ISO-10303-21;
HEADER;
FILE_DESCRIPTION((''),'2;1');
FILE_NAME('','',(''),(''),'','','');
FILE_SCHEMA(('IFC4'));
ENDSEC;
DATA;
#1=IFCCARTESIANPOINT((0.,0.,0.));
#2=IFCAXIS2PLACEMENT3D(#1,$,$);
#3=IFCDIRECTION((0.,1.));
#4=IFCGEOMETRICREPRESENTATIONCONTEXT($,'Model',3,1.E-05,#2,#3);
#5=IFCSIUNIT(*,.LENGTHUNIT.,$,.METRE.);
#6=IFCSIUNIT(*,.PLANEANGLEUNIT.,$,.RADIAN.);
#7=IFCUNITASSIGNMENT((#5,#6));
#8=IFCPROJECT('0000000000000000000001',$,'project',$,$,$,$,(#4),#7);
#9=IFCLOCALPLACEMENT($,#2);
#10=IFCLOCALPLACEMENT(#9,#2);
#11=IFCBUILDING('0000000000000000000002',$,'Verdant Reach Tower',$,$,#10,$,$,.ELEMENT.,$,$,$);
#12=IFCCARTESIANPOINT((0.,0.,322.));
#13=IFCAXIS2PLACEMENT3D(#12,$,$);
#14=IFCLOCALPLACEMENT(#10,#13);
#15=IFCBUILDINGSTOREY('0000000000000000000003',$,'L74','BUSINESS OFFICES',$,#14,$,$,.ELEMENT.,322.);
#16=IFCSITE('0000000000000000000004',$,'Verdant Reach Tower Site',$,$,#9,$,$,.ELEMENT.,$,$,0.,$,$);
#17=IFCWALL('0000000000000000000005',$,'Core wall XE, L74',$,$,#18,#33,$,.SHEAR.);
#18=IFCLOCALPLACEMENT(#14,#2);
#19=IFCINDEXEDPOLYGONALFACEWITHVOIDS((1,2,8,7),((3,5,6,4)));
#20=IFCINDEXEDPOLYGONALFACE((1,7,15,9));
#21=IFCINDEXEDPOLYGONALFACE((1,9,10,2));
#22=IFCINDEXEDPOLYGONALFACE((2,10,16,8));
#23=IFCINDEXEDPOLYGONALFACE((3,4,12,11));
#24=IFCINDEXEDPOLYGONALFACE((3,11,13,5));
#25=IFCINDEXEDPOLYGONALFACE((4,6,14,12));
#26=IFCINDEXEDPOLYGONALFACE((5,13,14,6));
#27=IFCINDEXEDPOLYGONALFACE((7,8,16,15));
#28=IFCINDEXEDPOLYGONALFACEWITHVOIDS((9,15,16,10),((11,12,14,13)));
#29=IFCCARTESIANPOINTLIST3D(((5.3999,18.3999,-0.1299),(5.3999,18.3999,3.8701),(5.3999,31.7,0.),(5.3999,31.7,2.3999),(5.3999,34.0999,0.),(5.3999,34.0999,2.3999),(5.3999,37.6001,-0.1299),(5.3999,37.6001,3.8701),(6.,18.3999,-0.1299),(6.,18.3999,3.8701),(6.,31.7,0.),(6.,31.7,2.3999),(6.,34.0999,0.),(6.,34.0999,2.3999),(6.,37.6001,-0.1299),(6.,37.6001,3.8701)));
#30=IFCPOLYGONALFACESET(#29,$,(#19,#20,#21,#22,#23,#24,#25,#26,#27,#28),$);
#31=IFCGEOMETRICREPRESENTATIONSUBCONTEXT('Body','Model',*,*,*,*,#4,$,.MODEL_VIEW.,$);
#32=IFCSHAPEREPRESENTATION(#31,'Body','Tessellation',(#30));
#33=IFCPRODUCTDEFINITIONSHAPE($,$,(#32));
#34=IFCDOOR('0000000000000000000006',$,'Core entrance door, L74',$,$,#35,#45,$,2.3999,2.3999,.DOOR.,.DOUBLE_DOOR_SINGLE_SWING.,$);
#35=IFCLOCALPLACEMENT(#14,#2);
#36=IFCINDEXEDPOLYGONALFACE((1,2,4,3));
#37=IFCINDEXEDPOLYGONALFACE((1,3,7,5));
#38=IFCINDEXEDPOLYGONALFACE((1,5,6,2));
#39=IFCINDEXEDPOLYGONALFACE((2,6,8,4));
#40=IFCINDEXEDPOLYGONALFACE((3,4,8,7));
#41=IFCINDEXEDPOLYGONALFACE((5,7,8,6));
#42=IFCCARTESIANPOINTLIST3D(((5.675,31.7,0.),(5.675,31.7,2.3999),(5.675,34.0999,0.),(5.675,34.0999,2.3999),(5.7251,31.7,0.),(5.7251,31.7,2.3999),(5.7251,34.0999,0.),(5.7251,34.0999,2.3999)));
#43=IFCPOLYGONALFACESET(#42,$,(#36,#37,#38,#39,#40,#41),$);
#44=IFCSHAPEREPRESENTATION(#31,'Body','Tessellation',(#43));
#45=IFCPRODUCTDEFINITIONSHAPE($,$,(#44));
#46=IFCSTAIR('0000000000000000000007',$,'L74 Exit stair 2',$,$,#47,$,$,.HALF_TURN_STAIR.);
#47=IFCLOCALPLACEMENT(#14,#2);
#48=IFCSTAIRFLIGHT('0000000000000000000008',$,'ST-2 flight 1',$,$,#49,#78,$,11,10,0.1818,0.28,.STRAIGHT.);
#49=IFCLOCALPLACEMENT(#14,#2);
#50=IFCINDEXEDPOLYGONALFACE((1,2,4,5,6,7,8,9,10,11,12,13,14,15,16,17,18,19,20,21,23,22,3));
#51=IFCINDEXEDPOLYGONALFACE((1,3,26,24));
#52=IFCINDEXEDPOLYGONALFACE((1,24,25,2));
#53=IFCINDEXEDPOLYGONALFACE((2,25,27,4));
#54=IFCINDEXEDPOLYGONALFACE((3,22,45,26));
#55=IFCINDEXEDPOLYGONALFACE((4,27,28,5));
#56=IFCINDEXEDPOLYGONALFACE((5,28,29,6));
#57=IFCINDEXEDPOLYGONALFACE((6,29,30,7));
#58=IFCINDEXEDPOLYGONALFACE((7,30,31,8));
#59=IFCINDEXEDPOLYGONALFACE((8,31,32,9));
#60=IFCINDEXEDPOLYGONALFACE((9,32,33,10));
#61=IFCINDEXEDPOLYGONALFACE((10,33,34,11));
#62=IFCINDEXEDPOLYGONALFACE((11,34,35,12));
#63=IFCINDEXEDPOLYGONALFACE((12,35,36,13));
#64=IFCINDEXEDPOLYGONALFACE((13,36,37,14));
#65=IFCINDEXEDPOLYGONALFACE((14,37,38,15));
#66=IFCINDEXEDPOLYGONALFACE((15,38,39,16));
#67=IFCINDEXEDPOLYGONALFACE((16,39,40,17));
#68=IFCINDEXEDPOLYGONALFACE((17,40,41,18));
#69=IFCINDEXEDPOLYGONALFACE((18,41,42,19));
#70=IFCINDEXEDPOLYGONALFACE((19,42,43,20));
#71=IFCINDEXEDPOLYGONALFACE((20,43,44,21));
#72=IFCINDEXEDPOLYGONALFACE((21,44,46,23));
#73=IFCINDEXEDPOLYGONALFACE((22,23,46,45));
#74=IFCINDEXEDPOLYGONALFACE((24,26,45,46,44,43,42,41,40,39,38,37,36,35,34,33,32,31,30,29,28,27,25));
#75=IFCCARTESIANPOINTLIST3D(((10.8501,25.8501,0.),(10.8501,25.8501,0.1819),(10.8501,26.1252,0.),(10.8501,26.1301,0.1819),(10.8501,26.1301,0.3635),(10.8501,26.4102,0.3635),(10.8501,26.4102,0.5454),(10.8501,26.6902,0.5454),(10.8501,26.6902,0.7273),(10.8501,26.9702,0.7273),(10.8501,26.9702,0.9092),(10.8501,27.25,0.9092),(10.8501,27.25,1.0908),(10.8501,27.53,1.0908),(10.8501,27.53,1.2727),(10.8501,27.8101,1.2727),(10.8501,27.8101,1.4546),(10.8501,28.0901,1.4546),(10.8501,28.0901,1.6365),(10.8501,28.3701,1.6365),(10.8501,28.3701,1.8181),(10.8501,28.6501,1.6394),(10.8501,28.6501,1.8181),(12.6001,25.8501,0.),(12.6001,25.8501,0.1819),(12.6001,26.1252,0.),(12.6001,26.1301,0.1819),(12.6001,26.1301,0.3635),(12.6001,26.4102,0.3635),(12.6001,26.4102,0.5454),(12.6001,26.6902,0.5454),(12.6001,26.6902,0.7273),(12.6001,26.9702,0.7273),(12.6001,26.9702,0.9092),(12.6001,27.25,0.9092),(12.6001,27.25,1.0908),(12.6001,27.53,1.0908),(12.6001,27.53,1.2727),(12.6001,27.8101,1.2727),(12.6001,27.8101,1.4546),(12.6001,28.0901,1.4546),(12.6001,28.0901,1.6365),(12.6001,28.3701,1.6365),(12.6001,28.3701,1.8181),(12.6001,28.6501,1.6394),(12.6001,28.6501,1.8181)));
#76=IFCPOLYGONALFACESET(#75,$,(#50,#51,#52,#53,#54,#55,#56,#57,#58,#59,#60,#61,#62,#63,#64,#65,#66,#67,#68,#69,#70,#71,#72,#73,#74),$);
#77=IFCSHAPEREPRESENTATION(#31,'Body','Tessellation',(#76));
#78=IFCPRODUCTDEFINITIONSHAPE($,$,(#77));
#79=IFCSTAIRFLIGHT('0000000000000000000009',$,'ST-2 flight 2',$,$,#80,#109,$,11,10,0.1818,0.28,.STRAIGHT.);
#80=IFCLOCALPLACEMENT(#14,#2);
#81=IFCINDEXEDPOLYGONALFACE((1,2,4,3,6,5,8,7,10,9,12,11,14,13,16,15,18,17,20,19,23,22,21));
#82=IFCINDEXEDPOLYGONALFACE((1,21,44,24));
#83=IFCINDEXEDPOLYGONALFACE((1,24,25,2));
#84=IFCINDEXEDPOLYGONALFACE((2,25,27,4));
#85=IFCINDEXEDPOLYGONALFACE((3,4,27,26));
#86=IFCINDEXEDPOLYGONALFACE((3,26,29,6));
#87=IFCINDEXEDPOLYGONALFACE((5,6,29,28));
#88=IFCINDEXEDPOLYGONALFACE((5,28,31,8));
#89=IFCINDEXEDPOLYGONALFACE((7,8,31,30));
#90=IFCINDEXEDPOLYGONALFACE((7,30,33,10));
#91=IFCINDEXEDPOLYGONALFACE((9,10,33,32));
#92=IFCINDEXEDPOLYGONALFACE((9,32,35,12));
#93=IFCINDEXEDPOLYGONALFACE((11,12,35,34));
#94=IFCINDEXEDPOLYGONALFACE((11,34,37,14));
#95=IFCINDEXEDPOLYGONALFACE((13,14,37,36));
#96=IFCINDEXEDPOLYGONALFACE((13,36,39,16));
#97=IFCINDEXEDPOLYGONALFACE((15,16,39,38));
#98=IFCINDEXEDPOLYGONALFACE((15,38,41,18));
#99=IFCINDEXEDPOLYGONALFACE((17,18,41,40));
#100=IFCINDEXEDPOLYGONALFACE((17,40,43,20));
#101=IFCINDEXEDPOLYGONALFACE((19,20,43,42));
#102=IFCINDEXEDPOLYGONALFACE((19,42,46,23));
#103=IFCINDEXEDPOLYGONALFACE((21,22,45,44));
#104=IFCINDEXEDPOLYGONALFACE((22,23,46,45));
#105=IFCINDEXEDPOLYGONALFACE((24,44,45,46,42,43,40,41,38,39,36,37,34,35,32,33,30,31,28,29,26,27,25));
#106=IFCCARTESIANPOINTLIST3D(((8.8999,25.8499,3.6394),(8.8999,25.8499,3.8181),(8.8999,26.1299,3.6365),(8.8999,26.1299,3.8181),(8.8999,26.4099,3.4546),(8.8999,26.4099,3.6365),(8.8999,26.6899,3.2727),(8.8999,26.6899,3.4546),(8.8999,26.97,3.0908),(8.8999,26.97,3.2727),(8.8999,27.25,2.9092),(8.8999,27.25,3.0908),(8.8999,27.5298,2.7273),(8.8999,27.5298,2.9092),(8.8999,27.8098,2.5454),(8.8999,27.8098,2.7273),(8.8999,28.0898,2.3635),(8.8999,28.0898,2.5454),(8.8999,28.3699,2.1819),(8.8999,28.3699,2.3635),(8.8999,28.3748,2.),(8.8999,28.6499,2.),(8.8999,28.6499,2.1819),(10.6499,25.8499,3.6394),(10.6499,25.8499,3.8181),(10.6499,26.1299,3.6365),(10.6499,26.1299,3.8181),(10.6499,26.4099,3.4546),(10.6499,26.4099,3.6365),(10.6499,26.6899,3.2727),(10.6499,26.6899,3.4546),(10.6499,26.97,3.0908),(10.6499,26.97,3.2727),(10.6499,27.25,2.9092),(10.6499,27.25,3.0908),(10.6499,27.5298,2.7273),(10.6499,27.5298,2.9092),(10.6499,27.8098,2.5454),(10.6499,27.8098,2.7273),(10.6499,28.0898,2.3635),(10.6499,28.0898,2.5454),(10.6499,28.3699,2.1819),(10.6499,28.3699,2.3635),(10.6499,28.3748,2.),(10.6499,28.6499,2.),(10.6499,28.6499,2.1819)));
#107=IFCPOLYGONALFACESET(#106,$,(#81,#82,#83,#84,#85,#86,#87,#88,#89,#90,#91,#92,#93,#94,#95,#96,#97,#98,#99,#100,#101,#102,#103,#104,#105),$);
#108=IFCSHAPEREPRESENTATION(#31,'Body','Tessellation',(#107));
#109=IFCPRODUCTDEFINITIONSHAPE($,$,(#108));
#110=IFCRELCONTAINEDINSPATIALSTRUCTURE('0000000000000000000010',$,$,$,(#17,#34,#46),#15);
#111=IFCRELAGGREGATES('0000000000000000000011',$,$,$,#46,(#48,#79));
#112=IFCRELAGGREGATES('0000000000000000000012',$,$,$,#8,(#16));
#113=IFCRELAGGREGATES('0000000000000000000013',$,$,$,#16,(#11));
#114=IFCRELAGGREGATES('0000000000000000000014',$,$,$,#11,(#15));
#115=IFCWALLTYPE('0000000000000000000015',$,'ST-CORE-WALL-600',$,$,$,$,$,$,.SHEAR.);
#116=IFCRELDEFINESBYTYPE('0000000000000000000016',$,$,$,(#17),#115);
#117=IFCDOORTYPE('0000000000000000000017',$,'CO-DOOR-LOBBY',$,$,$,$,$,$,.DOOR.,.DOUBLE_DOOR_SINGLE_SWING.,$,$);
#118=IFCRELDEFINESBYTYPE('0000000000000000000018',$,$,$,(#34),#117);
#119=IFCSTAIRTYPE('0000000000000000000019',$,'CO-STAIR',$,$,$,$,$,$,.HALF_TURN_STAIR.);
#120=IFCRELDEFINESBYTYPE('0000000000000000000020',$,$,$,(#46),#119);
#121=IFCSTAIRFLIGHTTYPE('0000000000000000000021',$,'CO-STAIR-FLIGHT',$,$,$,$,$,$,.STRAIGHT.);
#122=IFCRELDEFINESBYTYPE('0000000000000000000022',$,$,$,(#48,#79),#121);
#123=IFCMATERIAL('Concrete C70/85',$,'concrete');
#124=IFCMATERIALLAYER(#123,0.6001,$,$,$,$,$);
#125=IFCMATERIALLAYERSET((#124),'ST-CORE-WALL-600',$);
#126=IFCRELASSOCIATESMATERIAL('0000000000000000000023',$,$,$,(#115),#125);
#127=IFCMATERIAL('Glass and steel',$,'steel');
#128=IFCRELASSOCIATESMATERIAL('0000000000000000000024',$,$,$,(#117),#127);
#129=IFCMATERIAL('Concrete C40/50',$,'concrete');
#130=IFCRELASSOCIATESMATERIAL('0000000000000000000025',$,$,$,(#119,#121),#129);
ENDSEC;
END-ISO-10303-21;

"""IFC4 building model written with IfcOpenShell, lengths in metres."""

from ifc_helpers import new_model, si_unit, direction, frame, frame_2d, origin, place, context, subcontext, project, spatial, polyline, rectangle, outline, extrude, material, layer, layer_set, type_object, element, fill, aggregate, save


model = new_model("IFC4")

# Units and contexts
model_context = context("Model", 3, precision=1e-05, world=origin(), true_north=direction((0.0, 1.0)))
body_context = subcontext(model_context, "Body", "Model", "MODEL_VIEW")
ifc_project = project(units=[si_unit("LENGTHUNIT", "METRE"), si_unit("PLANEANGLEUNIT", "RADIAN")], contexts=[model_context])

# Site, building, storey
site_placement = place(None, origin())
site = spatial("IfcSite", under=ifc_project, at=site_placement, Name="Verdant Reach Tower Site", CompositionType="ELEMENT", RefElevation=0.0)
building_placement = place(site_placement, origin())
building = spatial("IfcBuilding", under=site, at=building_placement, Name="Verdant Reach Tower", CompositionType="ELEMENT")
storey_placement = place(building_placement, frame((0.0, 0.0, 322.0)))
storey = spatial("IfcBuildingStorey", under=building, at=storey_placement, Name="L74", Description="BUSINESS OFFICES", CompositionType="ELEMENT", Elevation=322.0)

# Shared definitions
ifc_material_1 = material(Name="Concrete C40/50", Category="concrete")

# Shared definitions
ifc_material_2 = material(Name="Concrete C70/85", Category="concrete")
ifc_layer_1 = layer(ifc_material_2, 0.6001)
ifc_layer_set_1 = layer_set([ifc_layer_1], Name="ST-CORE-WALL-600")
wall_type_1 = type_object("IfcWallType", Name="ST-CORE-WALL-600", PredefinedType="SHEAR", material=ifc_layer_set_1)
ifc_material_3 = material(Name="Glass and steel", Category="steel")
door_type_1 = type_object("IfcDoorType", Name="CO-DOOR-LOBBY", OperationType="DOUBLE_DOOR_SINGLE_SWING", PredefinedType="DOOR", material=ifc_material_3)

# Wall, opening, door
wall_1_placement = place(storey_placement, frame((5.7, 18.3999, -0.1299), z_axis=(0.0, 0.0, 1.0), x_axis=(0.0, 1.0, 0.0)))
wall_1 = element("IfcWall", 1, at=wall_1_placement, inside=storey, type_object=wall_type_1, Name="Core wall XE, L74", PredefinedType="SHEAR", context=body_context, shape_type="SweptSolid", body=[
    extrude(rectangle(XDim=19.2002, YDim=0.6001, at=frame_2d((9.6001, 0.0))), origin(), (0.0, 0.0, 1.0), 4.0),
])
opening_1_placement = place(wall_1_placement, frame((13.3, 0.0, 0.1299)))
opening_1 = element("IfcOpeningElement", 2, at=opening_1_placement, cuts=wall_1, PredefinedType="OPENING", context=body_context, shape_type="SweptSolid", body=[
    extrude(rectangle(XDim=2.3999, YDim=2.3999, at=frame_2d((1.2, 1.2))), frame((0.0, 0.3101, 0.0), z_axis=(0.0, -1.0, 0.0), x_axis=(1.0, 0.0, 0.0)), (0.0, 0.0, 1.0), 0.6201),
])
door_1_placement = place(opening_1_placement, origin())
door_1 = element("IfcDoor", 3, at=door_1_placement, inside=storey, type_object=door_type_1, Name="Core entrance door, L74", OperationType="DOUBLE_DOOR_SINGLE_SWING", OverallHeight=2.3999, OverallWidth=2.3999, PredefinedType="DOOR", context=body_context, shape_type="SweptSolid", body=[
    extrude(rectangle(XDim=2.3999, YDim=2.3999, at=frame_2d((1.2, 1.2))), frame((0.0, 0.0249, 0.0), z_axis=(0.0, -1.0, 0.0), x_axis=(1.0, 0.0, 0.0)), (0.0, 0.0, 1.0), 0.05),
])
fill(opening_1, door_1)

# Stair, stair flights
stair_type = type_object("IfcStairType", Name="CO-STAIR", PredefinedType="HALF_TURN_STAIR", material=ifc_material_1)
stair_placement = place(storey_placement, origin())
stair = element("IfcStair", 4, at=stair_placement, inside=storey, type_object=stair_type, Name="L74 Exit stair 2", PredefinedType="HALF_TURN_STAIR")
stair_flight_type = type_object("IfcStairFlightType", Name="CO-STAIR-FLIGHT", PredefinedType="STRAIGHT", material=ifc_material_1)
stair_flight_1_placement = place(storey_placement, frame((11.7251, 25.8501, 0.0), z_axis=(0.0, 0.0, 1.0), x_axis=(0.0, 1.0, 0.0)))
stair_flight_1 = element("IfcStairFlight", 5, at=stair_flight_1_placement, type_object=stair_flight_type, Name="ST-2 flight 1", NumberOfRisers=11, NumberOfTreads=10, PredefinedType="STRAIGHT", RiserHeight=0.1818, TreadLength=0.28, context=body_context, shape_type="SweptSolid", body=[
    extrude(outline(polyline([(0.0, 0.0), (0.0, 0.1819), (0.28, 0.1819), (0.28, 0.3635), (0.5601, 0.3635), (0.5601, 0.5454), (0.8401, 0.5454), (0.8401, 0.7273), (1.1201, 0.7273), (1.1201, 0.9092), (1.3999, 0.9092), (1.3999, 1.0908), (1.6799, 1.0908), (1.6799, 1.2727), (1.96, 1.2727), (1.96, 1.4546), (2.24, 1.4546), (2.24, 1.6365), (2.52, 1.6365), (2.52, 1.8181), (2.8, 1.8181), (2.8, 2.0), (2.8, 1.6394), (0.2751, 0.0), (0.0, 0.0)])), frame((0.0, 0.875, 0.0), z_axis=(0.0, -1.0, 0.0), x_axis=(1.0, 0.0, 0.0)), (0.0, 0.0, 1.0), 1.75),
])
stair_flight_2_placement = place(storey_placement, frame((9.7749, 28.6499, 2.0), z_axis=(0.0, 0.0, 1.0), x_axis=(0.0, -1.0, 0.0)))
stair_flight_2 = element("IfcStairFlight", 6, at=stair_flight_2_placement, type_object=stair_flight_type, Name="ST-2 flight 2", NumberOfRisers=11, NumberOfTreads=10, PredefinedType="STRAIGHT", RiserHeight=0.1818, TreadLength=0.28, context=body_context, shape_type="SweptSolid", body=[
    extrude(outline(polyline([(0.0, 0.0), (0.0, 0.1819), (0.28, 0.1819), (0.28, 0.3635), (0.5601, 0.3635), (0.5601, 0.5454), (0.8401, 0.5454), (0.8401, 0.7273), (1.1201, 0.7273), (1.1201, 0.9092), (1.3999, 0.9092), (1.3999, 1.0908), (1.6799, 1.0908), (1.6799, 1.2727), (1.96, 1.2727), (1.96, 1.4546), (2.24, 1.4546), (2.24, 1.6365), (2.52, 1.6365), (2.52, 1.8181), (2.8, 1.8181), (2.8, 2.0), (2.8, 1.6394), (0.2751, 0.0), (0.0, 0.0)])), frame((0.0, 0.875, 0.0), z_axis=(0.0, -1.0, 0.0), x_axis=(1.0, 0.0, 0.0)), (0.0, 0.0, 1.0), 1.75),
])
aggregate(stair, [stair_flight_1, stair_flight_2])

save(model, "model.ifc")
